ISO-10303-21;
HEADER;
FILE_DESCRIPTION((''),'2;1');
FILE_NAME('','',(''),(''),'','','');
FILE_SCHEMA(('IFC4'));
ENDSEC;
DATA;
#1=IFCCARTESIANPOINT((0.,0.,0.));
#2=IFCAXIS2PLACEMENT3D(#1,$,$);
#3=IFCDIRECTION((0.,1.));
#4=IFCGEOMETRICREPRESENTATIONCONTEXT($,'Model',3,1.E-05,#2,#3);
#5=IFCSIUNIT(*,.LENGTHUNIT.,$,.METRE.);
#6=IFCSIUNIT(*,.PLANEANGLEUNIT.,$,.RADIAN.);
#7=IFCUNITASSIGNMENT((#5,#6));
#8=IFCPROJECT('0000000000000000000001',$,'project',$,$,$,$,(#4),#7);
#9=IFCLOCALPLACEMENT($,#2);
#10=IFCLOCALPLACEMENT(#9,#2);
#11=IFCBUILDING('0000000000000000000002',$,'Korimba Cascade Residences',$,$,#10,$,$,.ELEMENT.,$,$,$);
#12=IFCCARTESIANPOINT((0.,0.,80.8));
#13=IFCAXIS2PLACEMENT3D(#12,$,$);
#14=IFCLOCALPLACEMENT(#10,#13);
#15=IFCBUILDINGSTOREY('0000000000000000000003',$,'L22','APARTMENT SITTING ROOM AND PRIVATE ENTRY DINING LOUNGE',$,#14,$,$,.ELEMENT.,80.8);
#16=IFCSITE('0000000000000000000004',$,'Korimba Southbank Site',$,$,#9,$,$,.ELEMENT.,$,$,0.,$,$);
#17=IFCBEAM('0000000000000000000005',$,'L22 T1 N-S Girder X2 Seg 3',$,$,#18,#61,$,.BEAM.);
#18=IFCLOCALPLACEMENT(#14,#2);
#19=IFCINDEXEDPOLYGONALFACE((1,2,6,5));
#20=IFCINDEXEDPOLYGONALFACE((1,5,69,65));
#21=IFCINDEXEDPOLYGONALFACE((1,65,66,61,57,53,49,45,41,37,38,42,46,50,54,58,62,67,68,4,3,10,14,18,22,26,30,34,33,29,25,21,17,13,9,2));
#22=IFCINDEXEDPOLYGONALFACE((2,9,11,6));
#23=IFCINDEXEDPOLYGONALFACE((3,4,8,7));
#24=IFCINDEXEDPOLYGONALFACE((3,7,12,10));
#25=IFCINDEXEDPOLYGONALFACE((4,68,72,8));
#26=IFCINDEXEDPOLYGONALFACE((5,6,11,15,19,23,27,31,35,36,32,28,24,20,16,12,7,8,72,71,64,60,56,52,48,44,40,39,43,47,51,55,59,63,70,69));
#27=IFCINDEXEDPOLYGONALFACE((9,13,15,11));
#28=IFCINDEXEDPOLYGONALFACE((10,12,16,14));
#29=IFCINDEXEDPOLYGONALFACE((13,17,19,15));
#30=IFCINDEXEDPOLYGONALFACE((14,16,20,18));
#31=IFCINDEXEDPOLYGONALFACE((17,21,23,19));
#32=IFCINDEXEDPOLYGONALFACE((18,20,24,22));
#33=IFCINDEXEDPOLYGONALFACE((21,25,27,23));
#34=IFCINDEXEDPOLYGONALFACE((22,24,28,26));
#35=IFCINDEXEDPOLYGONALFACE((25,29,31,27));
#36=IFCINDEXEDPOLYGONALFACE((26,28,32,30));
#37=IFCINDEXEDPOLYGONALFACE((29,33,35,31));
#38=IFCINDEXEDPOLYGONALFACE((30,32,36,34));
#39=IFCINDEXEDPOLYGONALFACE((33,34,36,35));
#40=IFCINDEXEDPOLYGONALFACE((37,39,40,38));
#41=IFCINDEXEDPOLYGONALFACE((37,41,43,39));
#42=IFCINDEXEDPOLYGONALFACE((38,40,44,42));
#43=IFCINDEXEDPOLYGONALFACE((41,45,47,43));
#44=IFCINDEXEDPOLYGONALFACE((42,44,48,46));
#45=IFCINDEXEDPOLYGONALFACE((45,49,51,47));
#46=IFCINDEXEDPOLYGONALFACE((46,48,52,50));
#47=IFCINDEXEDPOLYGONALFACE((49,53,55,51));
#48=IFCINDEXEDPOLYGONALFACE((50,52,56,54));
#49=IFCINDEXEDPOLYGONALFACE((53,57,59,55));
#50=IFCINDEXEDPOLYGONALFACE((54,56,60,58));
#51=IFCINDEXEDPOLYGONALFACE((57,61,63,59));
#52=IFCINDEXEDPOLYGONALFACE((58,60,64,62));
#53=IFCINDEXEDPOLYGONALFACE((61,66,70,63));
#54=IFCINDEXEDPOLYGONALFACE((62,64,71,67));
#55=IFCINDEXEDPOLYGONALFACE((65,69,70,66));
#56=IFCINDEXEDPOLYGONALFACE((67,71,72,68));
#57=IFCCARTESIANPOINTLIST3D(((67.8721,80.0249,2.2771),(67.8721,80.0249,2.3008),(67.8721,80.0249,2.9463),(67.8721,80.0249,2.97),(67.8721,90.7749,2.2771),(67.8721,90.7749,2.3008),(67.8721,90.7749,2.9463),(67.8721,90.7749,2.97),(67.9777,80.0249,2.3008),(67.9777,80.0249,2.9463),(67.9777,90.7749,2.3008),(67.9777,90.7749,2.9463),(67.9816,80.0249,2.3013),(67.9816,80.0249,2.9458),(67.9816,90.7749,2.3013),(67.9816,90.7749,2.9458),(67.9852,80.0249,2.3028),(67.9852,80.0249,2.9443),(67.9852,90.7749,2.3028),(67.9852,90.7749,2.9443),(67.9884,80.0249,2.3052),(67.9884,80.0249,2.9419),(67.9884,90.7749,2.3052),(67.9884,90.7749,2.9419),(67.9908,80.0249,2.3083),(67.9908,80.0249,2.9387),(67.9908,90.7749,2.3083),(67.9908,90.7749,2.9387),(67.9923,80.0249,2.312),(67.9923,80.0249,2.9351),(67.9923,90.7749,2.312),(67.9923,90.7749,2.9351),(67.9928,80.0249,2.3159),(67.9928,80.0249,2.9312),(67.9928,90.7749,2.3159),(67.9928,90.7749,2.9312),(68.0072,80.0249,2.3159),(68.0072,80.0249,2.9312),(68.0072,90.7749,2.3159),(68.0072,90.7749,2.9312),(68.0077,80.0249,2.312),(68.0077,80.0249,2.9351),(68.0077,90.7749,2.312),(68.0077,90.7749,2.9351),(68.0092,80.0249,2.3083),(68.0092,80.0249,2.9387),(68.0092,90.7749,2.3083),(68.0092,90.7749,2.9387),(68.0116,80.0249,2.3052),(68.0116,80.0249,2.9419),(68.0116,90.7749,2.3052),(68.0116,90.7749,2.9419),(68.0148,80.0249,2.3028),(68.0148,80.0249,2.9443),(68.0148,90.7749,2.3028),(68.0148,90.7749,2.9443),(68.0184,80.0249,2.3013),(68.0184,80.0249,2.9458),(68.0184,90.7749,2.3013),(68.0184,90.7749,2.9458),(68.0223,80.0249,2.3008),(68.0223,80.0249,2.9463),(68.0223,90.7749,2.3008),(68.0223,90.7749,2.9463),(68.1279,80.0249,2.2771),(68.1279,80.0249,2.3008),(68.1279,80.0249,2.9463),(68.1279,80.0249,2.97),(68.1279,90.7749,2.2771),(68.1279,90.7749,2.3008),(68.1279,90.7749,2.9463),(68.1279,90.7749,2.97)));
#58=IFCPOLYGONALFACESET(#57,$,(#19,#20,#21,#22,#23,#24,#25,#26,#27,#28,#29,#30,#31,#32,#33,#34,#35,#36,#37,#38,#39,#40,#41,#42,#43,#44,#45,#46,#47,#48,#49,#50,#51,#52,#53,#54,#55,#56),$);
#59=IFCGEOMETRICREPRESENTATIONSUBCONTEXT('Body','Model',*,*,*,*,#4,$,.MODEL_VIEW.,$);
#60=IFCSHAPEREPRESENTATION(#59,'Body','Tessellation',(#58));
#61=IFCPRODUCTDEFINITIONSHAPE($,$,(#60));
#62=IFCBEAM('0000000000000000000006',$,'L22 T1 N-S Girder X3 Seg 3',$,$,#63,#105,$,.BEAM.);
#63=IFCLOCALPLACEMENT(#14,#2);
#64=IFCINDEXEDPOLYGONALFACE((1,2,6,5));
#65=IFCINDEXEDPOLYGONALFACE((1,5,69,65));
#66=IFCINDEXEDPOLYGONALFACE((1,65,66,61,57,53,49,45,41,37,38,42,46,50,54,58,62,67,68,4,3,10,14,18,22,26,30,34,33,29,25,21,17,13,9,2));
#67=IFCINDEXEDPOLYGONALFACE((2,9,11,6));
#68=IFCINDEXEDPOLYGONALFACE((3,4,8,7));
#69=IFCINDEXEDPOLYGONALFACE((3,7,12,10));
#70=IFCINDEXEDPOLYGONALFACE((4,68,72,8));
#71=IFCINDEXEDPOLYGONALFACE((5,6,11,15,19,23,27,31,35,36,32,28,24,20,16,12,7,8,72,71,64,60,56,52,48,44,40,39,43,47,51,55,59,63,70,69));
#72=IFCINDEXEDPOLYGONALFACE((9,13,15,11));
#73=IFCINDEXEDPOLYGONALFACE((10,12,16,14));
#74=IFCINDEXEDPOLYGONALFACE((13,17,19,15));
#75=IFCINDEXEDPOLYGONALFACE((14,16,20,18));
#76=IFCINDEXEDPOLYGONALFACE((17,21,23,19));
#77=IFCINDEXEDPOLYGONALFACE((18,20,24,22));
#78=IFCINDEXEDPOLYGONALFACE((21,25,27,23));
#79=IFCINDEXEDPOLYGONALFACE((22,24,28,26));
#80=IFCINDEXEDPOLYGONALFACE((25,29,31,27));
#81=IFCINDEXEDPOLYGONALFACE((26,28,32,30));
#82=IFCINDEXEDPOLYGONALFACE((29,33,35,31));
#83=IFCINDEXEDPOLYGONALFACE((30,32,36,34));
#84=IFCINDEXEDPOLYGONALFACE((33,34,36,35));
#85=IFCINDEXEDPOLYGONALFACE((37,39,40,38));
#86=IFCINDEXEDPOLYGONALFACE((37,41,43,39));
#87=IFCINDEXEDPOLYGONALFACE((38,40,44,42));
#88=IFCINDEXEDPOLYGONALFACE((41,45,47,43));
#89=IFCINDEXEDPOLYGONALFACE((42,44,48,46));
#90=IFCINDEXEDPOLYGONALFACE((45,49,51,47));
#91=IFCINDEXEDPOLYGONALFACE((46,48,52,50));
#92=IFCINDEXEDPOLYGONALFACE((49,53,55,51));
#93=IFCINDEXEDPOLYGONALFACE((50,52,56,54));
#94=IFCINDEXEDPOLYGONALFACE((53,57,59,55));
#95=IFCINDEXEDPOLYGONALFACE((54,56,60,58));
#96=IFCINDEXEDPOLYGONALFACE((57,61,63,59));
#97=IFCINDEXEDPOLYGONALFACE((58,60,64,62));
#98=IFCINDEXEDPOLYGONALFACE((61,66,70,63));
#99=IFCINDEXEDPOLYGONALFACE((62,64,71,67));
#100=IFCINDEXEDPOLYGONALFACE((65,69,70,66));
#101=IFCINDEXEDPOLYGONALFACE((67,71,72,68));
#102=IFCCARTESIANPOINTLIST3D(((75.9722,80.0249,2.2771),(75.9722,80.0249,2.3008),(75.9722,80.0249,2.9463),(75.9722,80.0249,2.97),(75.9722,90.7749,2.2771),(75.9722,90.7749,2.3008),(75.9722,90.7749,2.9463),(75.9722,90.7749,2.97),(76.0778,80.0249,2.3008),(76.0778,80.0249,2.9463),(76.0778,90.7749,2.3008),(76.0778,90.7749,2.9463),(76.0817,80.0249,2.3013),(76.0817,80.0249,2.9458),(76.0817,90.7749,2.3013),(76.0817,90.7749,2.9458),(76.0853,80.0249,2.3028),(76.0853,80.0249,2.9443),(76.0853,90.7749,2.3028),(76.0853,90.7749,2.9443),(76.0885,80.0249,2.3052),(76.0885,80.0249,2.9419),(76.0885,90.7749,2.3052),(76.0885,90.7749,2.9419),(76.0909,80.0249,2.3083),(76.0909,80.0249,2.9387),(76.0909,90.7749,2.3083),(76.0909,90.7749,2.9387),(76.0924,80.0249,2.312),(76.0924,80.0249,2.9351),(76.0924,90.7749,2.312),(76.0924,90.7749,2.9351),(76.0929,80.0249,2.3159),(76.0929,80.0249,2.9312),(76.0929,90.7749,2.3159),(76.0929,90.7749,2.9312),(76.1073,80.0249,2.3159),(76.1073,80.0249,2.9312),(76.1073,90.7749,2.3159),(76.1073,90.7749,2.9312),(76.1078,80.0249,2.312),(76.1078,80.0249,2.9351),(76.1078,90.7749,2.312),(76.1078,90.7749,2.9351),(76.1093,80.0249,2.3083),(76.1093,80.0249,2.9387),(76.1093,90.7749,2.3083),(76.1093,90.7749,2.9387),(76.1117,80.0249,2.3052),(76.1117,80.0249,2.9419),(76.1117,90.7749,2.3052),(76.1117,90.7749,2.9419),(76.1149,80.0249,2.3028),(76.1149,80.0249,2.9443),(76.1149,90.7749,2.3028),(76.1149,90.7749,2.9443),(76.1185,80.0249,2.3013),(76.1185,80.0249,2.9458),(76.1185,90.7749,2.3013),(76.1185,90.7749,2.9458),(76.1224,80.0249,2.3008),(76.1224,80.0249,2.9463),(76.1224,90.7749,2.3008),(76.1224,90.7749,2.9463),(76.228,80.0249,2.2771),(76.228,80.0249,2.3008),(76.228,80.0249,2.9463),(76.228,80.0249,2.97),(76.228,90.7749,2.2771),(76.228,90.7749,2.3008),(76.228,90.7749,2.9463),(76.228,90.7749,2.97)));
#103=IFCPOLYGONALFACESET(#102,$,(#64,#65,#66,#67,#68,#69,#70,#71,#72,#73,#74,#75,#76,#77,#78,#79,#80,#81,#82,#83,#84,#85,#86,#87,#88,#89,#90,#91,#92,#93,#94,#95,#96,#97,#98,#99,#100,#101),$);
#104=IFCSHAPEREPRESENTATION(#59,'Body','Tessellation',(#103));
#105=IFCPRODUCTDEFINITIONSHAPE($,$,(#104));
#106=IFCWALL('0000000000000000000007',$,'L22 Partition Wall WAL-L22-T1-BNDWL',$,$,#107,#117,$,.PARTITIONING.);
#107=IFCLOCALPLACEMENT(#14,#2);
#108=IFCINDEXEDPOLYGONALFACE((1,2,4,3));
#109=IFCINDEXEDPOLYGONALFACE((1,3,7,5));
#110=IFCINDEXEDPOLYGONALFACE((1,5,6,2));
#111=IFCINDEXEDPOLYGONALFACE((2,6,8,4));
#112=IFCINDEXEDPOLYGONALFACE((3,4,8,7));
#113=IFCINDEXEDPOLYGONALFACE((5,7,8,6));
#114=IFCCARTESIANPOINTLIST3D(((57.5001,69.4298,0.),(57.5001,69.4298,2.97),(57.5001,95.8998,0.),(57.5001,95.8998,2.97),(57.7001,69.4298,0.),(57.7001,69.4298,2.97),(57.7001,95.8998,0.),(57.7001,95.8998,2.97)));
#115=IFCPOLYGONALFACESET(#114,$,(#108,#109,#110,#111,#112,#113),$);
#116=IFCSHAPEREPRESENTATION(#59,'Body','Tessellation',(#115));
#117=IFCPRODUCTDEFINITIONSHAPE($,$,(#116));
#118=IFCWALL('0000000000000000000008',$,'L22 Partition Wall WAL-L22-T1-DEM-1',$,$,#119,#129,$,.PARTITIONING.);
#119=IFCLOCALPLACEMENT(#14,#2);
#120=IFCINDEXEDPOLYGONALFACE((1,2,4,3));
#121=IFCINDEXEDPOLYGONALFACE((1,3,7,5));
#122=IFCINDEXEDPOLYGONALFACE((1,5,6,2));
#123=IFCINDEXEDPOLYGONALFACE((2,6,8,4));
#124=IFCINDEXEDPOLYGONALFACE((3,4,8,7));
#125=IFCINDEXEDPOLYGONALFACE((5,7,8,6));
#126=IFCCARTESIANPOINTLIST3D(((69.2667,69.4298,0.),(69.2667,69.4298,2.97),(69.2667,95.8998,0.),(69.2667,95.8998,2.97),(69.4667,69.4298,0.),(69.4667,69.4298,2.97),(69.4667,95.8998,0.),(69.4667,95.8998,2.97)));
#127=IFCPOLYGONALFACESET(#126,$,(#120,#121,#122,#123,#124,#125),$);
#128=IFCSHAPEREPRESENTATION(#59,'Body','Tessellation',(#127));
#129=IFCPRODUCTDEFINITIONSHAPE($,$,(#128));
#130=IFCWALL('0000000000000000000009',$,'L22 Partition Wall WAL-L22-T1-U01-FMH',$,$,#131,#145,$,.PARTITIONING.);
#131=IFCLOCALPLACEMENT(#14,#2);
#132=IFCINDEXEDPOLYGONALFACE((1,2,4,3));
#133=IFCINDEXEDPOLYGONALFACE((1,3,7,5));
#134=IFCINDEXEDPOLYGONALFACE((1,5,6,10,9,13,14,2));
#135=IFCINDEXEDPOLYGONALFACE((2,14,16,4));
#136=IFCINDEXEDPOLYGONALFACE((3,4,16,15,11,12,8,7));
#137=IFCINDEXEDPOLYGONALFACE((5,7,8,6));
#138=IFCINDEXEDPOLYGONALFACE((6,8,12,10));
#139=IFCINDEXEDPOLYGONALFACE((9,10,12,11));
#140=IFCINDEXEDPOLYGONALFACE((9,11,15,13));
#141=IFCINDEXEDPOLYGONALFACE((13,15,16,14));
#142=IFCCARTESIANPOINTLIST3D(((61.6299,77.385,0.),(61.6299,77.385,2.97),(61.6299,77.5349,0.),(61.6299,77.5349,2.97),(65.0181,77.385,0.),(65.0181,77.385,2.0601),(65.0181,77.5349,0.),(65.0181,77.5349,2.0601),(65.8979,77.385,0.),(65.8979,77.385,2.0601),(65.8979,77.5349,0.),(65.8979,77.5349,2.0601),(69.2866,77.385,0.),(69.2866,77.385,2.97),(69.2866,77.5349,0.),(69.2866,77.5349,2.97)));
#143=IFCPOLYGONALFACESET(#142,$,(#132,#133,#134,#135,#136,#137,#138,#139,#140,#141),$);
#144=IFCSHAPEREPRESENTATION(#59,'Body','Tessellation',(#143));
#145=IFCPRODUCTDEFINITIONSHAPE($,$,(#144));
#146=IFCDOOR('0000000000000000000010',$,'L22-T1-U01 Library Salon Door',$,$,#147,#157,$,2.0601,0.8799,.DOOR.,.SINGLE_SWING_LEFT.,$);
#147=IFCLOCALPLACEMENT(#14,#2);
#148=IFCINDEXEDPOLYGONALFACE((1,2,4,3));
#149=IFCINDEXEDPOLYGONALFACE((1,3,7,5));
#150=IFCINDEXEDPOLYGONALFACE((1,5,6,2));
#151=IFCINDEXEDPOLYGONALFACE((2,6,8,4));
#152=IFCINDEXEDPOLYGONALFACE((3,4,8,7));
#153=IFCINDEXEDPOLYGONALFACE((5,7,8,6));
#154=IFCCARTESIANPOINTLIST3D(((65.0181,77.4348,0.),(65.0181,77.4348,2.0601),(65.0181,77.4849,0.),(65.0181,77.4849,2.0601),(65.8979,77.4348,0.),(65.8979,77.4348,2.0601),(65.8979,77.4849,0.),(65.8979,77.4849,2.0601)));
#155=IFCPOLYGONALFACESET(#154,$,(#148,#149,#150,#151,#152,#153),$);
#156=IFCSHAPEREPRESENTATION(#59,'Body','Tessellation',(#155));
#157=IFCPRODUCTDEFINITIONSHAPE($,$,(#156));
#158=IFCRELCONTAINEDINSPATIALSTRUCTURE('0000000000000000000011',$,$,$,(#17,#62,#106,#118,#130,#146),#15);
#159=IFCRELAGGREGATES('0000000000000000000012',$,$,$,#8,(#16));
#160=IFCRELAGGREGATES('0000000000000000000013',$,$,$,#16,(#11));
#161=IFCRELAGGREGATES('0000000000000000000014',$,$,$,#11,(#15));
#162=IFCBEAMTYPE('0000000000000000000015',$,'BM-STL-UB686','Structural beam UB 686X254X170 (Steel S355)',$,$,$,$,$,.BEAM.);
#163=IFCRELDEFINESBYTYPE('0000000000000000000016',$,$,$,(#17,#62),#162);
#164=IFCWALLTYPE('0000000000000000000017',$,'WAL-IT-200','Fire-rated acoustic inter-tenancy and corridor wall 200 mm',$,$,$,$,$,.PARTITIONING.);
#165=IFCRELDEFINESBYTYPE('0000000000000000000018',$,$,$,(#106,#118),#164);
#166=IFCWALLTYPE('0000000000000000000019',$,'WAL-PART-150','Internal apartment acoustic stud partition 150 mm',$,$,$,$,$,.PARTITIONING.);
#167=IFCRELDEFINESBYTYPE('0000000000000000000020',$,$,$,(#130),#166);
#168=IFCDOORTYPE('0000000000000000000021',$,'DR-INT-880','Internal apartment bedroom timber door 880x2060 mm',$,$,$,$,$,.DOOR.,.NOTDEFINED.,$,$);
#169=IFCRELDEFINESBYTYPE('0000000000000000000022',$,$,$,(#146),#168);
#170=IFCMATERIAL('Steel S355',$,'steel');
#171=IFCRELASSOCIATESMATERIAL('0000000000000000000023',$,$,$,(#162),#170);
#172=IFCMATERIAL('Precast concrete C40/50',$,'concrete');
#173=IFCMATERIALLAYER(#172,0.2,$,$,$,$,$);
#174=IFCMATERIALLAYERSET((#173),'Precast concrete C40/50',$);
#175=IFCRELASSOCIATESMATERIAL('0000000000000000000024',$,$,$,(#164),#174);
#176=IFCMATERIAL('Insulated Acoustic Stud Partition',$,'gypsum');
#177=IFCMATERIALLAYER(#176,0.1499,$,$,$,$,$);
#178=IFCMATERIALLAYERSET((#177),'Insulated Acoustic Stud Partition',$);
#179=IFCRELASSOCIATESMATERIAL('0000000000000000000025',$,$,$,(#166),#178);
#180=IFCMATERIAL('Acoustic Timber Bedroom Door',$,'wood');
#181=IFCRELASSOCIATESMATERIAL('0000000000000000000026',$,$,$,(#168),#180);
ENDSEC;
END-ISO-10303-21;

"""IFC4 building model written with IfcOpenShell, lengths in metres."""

from ifc_helpers import new_model, si_unit, direction, frame, frame_2d, origin, origin_2d, place, context, subcontext, project, spatial, rectangle, i_section, extrude, material, layer, layer_set, material_profile, profile_set, type_object, element, fill, save


model = new_model("IFC4")

# Units and contexts
model_context = context("Model", 3, precision=1e-05, world=origin(), true_north=direction((0.0, 1.0)))
body_context = subcontext(model_context, "Body", "Model", "MODEL_VIEW")
ifc_project = project(units=[si_unit("LENGTHUNIT", "METRE"), si_unit("PLANEANGLEUNIT", "RADIAN")], contexts=[model_context])

# Site, building, storey
site_placement = place(None, origin())
site = spatial("IfcSite", under=ifc_project, at=site_placement, Name="Korimba Southbank Site", CompositionType="ELEMENT", RefElevation=0.0)
building_placement = place(site_placement, origin())
building = spatial("IfcBuilding", under=site, at=building_placement, Name="Korimba Cascade Residences", CompositionType="ELEMENT")
storey_placement = place(building_placement, frame((0.0, 0.0, 80.8)))
storey = spatial("IfcBuildingStorey", under=building, at=storey_placement, Name="L22", Description="APARTMENT SITTING ROOM AND PRIVATE ENTRY DINING LOUNGE", CompositionType="ELEMENT", Elevation=80.8)

# Beams
ifc_material_1 = material(Name="Steel S355", Category="steel")
ifc_material_profile_1 = material_profile(ifc_material_1, i_section(OverallWidth=0.2559, OverallDepth=0.6929, WebThickness=0.0144, FlangeThickness=0.0237, FilletRadius=0.0151, at=origin_2d()), Name="Steel S355")
ifc_profile_set_1 = profile_set([ifc_material_profile_1], Name="Steel S355")
beam_type_1 = type_object("IfcBeamType", Name="BM-STL-UB686", Description="Structural beam UB 686X254X170 (Steel S355)", PredefinedType="BEAM", material=ifc_profile_set_1)
for number, where, z_axis, x_axis, name in (
    (1, (68.0, 80.0249, 2.6235), (0.0, 1.0, 0.0), (-1.0, 0.0, 0.0), "L22 T1 N-S Girder X2 Seg 3"),
    (2, (76.1001, 80.0249, 2.6235), (0.0, 1.0, 0.0), (-1.0, 0.0, 0.0), "L22 T1 N-S Girder X3 Seg 3"),
):
    element("IfcBeam", number, at=place(storey_placement, frame(where, z_axis=z_axis, x_axis=x_axis)), inside=storey, type_object=beam_type_1, Name=name, PredefinedType="BEAM", context=body_context, shape_type="SweptSolid", body=[
        extrude(i_section(OverallWidth=0.2559, OverallDepth=0.6929, WebThickness=0.0144, FlangeThickness=0.0237, FilletRadius=0.0151, at=origin_2d()), origin(), (0.0, 0.0, 1.0), 10.75),
    ])

# Walls
ifc_material_2 = material(Name="Precast concrete C40/50", Category="concrete")
ifc_layer_1 = layer(ifc_material_2, 0.2)
ifc_layer_set_1 = layer_set([ifc_layer_1], Name="Precast concrete C40/50")
wall_type_1 = type_object("IfcWallType", Name="WAL-IT-200", Description="Fire-rated acoustic inter-tenancy and corridor wall 200 mm", PredefinedType="PARTITIONING", material=ifc_layer_set_1)
for number, where, z_axis, x_axis, name in (
    (3, (57.6001, 69.4299, 0.0), (0.0, 0.0, 1.0), (0.0, 1.0, 0.0), "L22 Partition Wall WAL-L22-T1-BNDWL"),
    (4, (69.3667, 69.4299, 0.0), (0.0, 0.0, 1.0), (0.0, 1.0, 0.0), "L22 Partition Wall WAL-L22-T1-DEM-1"),
):
    element("IfcWall", number, at=place(storey_placement, frame(where, z_axis=z_axis, x_axis=x_axis)), inside=storey, type_object=wall_type_1, Name=name, PredefinedType="PARTITIONING", context=body_context, shape_type="SweptSolid", body=[
        extrude(rectangle(XDim=26.47, YDim=0.2, at=frame_2d((13.2349, 0.0))), origin(), (0.0, 0.0, 1.0), 2.97),
    ])

# Wall, opening, door
ifc_material_3 = material(Name="Insulated Acoustic Stud Partition", Category="gypsum")
ifc_layer_2 = layer(ifc_material_3, 0.1499)
ifc_layer_set_2 = layer_set([ifc_layer_2], Name="Insulated Acoustic Stud Partition")
wall_type_2 = type_object("IfcWallType", Name="WAL-PART-150", Description="Internal apartment acoustic stud partition 150 mm", PredefinedType="PARTITIONING", material=ifc_layer_set_2)
wall_1_placement = place(storey_placement, frame((61.6299, 77.46, 0.0), z_axis=(0.0, 0.0, 1.0), x_axis=(1.0, 0.0, 0.0)))
wall_1 = element("IfcWall", 5, at=wall_1_placement, inside=storey, type_object=wall_type_2, Name="L22 Partition Wall WAL-L22-T1-U01-FMH", PredefinedType="PARTITIONING", context=body_context, shape_type="SweptSolid", body=[
    extrude(rectangle(XDim=7.6567, YDim=0.1499, at=frame_2d((3.8284, 0.0))), origin(), (0.0, 0.0, 1.0), 2.97),
])
opening_1_placement = place(wall_1_placement, frame((3.3882, 0.0, 0.0)))
opening_1 = element("IfcOpeningElement", 6, at=opening_1_placement, cuts=wall_1, PredefinedType="OPENING", context=body_context, shape_type="SweptSolid", body=[
    extrude(rectangle(XDim=0.8799, YDim=2.0601, at=frame_2d((0.4399, 1.03))), frame((0.0, 0.085, 0.0), z_axis=(0.0, -1.0, 0.0), x_axis=(1.0, 0.0, 0.0)), (0.0, 0.0, 1.0), 0.1699),
])
ifc_material_4 = material(Name="Acoustic Timber Bedroom Door", Category="wood")
door_type_1 = type_object("IfcDoorType", Name="DR-INT-880", Description="Internal apartment bedroom timber door 880x2060 mm", OperationType="NOTDEFINED", PredefinedType="DOOR", material=ifc_material_4)
door_1_placement = place(opening_1_placement, origin())
door_1 = element("IfcDoor", 7, at=door_1_placement, inside=storey, type_object=door_type_1, Name="L22-T1-U01 Library Salon Door", OperationType="SINGLE_SWING_LEFT", OverallHeight=2.0601, OverallWidth=0.8799, PredefinedType="DOOR", context=body_context, shape_type="SweptSolid", body=[
    extrude(rectangle(XDim=0.8799, YDim=2.0601, at=frame_2d((0.4399, 1.03))), frame((0.0, 0.0249, 0.0), z_axis=(0.0, -1.0, 0.0), x_axis=(1.0, 0.0, 0.0)), (0.0, 0.0, 1.0), 0.05),
])
fill(opening_1, door_1)

save(model, "model.ifc")
